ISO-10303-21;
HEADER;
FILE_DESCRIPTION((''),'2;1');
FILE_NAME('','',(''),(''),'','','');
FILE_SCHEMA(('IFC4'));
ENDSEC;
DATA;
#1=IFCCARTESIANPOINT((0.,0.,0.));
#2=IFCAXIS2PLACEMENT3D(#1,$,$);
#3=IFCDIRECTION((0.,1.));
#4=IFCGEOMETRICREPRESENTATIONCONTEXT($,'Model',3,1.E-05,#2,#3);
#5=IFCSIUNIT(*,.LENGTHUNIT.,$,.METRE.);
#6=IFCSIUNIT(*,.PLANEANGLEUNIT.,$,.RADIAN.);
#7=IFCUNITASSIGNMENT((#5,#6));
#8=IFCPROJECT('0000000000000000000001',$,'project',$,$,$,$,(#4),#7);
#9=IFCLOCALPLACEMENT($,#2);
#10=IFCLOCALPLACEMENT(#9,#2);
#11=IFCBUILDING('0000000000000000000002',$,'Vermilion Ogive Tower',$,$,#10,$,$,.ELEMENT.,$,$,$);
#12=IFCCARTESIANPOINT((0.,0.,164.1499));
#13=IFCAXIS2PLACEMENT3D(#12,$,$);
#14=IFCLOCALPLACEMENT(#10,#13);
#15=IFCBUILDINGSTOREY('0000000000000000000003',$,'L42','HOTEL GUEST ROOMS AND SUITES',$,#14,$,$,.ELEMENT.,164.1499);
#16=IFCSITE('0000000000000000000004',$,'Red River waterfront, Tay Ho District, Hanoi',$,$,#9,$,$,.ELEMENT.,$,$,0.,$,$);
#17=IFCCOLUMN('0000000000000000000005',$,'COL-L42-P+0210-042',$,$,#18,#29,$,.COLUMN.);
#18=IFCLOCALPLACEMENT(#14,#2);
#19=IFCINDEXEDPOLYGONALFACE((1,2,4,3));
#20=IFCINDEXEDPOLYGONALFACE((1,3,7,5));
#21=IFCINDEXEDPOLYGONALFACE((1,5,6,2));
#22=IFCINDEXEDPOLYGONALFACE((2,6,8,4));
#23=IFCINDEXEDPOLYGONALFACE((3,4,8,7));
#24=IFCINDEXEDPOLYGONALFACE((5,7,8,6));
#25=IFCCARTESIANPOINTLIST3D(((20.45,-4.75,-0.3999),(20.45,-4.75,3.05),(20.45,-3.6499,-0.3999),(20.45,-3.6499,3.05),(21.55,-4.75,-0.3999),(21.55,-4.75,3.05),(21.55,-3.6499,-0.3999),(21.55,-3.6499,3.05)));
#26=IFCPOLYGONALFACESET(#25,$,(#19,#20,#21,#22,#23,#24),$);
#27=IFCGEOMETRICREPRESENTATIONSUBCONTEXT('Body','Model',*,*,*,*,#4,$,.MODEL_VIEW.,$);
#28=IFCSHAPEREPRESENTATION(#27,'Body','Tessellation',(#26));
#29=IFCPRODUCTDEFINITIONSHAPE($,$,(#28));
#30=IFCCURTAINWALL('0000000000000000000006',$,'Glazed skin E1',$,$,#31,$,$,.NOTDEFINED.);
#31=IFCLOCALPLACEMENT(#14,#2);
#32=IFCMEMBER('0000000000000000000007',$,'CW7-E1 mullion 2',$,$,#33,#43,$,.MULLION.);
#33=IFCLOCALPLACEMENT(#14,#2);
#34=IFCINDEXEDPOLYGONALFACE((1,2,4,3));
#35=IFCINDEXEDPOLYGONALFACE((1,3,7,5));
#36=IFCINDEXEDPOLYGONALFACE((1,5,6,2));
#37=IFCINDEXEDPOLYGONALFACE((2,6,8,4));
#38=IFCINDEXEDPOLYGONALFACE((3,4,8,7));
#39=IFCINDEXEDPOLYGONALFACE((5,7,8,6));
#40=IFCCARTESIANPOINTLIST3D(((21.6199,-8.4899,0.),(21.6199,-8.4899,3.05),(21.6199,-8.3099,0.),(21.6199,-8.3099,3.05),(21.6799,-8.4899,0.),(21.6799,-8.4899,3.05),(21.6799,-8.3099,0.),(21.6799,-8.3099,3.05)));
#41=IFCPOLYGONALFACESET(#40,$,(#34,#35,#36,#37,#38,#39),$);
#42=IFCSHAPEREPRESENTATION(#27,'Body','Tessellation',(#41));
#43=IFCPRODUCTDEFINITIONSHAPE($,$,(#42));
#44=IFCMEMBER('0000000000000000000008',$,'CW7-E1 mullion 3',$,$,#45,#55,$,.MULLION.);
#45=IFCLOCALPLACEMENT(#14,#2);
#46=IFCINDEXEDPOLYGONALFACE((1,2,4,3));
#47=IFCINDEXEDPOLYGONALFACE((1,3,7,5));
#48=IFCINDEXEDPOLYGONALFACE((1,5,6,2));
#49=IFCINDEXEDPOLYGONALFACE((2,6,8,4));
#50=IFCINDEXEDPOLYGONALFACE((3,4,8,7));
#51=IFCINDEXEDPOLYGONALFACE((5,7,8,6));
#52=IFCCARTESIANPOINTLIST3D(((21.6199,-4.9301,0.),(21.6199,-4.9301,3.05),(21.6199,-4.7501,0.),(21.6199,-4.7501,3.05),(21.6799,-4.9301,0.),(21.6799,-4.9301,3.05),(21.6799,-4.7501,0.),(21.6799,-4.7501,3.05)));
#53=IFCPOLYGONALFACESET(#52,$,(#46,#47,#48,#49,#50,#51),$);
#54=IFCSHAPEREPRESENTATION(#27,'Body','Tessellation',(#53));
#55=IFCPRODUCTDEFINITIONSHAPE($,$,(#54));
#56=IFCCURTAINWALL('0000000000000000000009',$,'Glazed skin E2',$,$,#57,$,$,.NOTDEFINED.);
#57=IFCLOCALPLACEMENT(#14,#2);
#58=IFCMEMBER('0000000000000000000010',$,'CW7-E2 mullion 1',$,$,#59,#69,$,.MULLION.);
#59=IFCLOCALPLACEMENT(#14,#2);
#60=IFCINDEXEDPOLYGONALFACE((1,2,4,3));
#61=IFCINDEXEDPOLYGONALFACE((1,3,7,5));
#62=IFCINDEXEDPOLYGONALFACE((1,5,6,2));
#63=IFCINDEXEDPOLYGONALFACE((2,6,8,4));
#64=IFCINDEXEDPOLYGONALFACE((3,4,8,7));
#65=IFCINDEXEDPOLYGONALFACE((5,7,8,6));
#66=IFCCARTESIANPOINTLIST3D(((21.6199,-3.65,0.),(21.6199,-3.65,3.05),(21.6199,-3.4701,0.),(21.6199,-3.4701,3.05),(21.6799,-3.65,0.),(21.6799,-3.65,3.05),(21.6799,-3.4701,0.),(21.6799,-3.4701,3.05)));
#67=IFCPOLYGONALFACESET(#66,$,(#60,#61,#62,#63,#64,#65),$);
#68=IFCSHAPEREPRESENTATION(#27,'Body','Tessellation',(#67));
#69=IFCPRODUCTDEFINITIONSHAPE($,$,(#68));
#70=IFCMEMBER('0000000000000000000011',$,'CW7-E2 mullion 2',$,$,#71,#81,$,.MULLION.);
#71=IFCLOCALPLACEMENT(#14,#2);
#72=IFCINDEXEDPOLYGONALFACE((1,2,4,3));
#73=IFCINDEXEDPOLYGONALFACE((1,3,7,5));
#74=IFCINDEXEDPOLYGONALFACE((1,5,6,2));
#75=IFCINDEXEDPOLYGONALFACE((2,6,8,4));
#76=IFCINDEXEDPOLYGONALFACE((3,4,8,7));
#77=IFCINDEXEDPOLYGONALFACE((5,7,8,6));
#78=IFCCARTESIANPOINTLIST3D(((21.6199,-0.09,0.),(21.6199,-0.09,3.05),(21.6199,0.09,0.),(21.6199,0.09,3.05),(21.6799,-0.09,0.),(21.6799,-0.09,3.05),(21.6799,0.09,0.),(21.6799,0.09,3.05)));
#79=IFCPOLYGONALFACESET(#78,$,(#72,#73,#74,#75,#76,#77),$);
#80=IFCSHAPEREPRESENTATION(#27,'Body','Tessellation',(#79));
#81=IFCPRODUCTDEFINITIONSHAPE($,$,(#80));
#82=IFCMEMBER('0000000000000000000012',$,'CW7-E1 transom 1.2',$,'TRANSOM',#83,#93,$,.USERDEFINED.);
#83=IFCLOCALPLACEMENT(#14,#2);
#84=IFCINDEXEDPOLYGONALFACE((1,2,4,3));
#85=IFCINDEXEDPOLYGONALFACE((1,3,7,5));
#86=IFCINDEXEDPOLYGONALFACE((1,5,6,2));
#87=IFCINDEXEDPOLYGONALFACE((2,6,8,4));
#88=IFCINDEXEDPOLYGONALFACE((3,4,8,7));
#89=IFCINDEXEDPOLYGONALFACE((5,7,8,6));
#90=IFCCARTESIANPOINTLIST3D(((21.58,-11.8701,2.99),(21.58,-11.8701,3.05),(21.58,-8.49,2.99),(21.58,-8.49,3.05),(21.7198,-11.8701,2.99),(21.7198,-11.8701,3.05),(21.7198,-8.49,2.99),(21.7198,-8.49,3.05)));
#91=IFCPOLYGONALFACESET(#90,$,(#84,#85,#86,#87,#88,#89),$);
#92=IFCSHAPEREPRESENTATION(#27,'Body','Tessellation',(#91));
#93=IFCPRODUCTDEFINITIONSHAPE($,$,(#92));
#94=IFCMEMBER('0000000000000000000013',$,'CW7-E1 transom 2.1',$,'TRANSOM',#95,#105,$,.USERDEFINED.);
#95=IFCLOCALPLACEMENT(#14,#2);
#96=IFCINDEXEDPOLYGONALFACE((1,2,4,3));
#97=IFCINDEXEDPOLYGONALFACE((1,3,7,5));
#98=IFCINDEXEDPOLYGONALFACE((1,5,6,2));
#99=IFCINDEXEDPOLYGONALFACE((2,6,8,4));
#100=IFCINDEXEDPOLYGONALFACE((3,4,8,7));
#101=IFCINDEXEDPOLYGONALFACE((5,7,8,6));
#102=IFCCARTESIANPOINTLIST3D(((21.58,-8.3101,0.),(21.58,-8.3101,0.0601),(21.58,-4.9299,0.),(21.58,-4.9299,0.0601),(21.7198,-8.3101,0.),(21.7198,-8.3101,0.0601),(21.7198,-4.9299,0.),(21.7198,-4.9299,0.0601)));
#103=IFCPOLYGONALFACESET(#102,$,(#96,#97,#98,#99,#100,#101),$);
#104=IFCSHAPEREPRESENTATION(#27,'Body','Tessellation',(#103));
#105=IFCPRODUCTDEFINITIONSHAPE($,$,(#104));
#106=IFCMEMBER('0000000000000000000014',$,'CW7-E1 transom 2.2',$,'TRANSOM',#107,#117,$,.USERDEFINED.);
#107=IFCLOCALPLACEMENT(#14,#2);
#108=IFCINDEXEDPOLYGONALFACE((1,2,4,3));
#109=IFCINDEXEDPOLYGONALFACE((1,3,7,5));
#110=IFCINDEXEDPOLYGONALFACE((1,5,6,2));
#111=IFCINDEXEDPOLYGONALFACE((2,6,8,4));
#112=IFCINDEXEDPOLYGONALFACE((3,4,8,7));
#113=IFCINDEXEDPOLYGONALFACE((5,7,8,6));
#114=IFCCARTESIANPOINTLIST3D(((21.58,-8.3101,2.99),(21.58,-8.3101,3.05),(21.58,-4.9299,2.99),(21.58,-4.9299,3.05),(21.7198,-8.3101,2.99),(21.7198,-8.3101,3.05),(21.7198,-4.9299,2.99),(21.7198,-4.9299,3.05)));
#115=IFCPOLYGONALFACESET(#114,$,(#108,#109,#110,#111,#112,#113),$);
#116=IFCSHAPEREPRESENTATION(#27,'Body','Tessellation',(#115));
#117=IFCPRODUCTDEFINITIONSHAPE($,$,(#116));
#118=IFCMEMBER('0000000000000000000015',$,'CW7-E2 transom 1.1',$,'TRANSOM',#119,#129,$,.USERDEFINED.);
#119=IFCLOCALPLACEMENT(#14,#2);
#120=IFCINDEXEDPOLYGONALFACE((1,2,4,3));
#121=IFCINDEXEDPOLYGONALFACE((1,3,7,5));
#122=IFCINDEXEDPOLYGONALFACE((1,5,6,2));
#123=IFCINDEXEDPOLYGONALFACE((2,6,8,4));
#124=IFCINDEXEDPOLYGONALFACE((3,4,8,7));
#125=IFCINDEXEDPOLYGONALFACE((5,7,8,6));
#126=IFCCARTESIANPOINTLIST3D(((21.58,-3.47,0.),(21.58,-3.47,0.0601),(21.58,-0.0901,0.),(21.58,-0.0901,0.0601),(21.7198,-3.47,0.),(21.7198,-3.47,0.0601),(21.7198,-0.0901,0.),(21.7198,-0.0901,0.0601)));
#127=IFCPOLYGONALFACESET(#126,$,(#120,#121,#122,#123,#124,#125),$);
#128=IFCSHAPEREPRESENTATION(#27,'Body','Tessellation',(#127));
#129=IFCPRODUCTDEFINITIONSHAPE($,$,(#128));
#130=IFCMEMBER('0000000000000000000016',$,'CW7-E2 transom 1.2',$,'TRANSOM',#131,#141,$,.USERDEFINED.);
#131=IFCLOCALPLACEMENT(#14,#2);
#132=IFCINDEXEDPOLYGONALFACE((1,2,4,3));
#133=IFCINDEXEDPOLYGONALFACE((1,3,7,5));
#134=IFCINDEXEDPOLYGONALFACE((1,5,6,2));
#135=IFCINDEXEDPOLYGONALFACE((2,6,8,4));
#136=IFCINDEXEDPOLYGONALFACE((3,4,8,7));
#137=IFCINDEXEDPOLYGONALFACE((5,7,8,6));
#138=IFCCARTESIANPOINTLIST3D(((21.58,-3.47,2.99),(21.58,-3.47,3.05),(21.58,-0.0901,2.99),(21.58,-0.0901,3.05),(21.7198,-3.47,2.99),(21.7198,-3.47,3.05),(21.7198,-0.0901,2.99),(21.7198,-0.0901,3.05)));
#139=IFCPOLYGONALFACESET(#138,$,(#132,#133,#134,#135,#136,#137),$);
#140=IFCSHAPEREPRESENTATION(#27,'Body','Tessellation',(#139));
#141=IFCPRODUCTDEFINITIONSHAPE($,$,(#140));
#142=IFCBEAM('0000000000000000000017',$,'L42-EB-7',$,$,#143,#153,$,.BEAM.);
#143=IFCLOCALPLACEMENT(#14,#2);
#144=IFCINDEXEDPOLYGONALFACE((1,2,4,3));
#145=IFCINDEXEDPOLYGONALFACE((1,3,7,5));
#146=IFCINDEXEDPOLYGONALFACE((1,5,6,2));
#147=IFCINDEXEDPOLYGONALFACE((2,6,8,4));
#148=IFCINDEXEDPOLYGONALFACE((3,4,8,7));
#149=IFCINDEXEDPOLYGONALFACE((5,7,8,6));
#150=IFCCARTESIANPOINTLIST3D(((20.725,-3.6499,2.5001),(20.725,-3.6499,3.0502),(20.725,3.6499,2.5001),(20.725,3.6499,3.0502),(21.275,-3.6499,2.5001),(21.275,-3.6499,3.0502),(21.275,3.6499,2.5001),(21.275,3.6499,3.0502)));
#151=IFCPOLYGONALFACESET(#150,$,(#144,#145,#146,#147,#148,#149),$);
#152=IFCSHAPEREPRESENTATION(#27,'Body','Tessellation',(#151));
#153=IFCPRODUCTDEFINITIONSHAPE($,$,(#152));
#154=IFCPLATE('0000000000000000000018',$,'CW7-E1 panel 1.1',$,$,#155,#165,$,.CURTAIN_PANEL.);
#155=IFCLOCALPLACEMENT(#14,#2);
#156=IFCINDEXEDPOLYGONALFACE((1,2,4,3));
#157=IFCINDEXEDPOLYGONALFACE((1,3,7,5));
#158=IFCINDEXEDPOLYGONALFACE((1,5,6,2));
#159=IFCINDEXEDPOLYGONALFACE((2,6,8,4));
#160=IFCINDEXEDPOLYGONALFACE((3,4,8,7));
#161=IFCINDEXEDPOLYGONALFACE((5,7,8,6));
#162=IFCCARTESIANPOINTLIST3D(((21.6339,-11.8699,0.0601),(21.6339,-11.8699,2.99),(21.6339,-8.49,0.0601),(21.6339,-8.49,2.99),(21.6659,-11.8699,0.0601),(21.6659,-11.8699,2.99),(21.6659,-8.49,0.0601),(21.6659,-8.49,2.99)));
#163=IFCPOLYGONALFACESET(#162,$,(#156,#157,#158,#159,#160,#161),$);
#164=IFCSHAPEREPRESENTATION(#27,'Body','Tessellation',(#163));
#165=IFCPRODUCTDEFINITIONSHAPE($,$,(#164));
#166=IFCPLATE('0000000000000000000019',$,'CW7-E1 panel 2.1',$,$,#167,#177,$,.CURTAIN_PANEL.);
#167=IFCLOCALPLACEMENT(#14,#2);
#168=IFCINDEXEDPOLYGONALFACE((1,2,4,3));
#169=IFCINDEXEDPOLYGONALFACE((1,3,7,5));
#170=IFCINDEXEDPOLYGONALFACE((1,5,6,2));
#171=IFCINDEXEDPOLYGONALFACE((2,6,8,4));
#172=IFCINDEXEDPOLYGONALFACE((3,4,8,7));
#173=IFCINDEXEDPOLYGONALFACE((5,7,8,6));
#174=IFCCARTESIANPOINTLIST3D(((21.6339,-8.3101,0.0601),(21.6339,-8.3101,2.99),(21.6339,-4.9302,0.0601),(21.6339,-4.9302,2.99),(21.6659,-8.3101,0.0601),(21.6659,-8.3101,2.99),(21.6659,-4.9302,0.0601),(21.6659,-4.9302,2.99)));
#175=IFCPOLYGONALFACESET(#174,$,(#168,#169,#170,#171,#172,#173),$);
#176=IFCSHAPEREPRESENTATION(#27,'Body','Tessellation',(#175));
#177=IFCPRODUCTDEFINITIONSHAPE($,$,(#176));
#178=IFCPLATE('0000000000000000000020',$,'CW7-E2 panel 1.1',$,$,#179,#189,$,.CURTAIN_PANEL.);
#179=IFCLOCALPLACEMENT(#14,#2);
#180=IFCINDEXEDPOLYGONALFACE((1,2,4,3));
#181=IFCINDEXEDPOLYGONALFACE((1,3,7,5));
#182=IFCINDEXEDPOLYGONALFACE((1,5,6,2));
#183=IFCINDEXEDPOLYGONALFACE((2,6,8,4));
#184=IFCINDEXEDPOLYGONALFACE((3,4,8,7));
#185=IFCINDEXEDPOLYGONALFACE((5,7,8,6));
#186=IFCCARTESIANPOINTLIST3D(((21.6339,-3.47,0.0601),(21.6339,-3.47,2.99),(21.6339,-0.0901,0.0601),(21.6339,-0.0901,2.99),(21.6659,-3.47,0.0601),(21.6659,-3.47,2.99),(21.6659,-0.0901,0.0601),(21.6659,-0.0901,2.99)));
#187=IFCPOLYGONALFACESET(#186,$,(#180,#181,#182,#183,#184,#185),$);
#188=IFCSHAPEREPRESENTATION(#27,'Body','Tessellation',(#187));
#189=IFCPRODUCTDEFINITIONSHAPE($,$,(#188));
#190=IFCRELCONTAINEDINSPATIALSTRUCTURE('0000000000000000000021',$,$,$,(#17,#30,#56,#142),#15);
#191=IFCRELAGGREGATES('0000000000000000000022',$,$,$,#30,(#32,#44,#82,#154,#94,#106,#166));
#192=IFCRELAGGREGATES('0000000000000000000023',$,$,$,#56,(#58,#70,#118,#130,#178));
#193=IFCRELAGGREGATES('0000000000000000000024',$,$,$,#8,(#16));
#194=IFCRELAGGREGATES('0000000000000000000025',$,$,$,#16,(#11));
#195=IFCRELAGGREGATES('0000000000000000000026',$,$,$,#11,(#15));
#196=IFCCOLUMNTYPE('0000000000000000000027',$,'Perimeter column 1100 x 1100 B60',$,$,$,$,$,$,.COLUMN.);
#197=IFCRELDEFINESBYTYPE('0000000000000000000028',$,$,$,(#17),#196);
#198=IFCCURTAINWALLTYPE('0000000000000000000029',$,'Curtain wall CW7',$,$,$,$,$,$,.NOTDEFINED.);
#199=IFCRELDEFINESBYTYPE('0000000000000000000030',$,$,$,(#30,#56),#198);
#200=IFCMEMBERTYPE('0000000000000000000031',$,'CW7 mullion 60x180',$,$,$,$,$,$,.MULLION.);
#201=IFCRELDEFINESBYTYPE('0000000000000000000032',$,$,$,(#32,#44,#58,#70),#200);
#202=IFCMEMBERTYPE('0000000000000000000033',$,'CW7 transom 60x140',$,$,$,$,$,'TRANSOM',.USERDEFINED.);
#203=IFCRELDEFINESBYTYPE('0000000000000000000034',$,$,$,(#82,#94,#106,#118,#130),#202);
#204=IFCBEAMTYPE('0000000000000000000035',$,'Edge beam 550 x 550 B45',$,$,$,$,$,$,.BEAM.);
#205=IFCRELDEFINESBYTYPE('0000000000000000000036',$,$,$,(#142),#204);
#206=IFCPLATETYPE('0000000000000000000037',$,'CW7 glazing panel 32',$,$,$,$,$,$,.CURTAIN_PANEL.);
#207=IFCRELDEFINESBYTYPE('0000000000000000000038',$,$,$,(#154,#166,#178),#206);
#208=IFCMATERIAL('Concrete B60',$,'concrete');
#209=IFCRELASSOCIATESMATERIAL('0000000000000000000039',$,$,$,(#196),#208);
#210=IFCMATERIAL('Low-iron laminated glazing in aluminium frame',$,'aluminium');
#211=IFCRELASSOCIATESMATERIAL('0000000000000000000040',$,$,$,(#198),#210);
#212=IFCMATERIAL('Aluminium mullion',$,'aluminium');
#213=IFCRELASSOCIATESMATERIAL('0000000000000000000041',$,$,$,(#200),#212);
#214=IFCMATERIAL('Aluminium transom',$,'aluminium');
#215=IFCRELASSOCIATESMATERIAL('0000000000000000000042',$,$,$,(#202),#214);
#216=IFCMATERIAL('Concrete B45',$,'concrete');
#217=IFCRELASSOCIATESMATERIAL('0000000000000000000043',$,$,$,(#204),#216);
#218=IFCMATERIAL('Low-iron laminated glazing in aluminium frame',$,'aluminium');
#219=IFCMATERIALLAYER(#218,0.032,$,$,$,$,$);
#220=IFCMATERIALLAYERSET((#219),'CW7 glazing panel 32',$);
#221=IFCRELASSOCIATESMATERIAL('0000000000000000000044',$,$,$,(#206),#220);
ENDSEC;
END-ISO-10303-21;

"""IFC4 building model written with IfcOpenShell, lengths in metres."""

from ifc_helpers import new_model, si_unit, direction, frame, origin, origin_2d, place, context, subcontext, project, spatial, rectangle, extrude, material, layer, layer_set, material_profile, profile_set, type_object, element, aggregate, save


model = new_model("IFC4")

# Units and contexts
model_context = context("Model", 3, precision=1e-05, world=origin(), true_north=direction((0.0, 1.0)))
body_context = subcontext(model_context, "Body", "Model", "MODEL_VIEW")
ifc_project = project(units=[si_unit("LENGTHUNIT", "METRE"), si_unit("PLANEANGLEUNIT", "RADIAN")], contexts=[model_context])

# Site, building, storey
site_placement = place(None, origin())
site = spatial("IfcSite", under=ifc_project, at=site_placement, Name="Red River waterfront, Tay Ho District, Hanoi", CompositionType="ELEMENT", RefElevation=0.0)
building_placement = place(site_placement, origin())
building = spatial("IfcBuilding", under=site, at=building_placement, Name="Vermilion Ogive Tower", CompositionType="ELEMENT")
storey_placement = place(building_placement, frame((0.0, 0.0, 164.1499)))
storey = spatial("IfcBuildingStorey", under=building, at=storey_placement, Name="L42", Description="HOTEL GUEST ROOMS AND SUITES", CompositionType="ELEMENT", Elevation=164.1499)

# Column
ifc_material_1 = material(Name="Concrete B60", Category="concrete")
ifc_material_profile_1 = material_profile(ifc_material_1, rectangle(XDim=1.1001, YDim=1.1001, at=origin_2d()), Name="1100 x 1100")
ifc_profile_set_1 = profile_set([ifc_material_profile_1], Name="Concrete B60")
column_type = type_object("IfcColumnType", Name="Perimeter column 1100 x 1100 B60", PredefinedType="COLUMN", material=ifc_profile_set_1)
column_placement = place(storey_placement, frame((21.0, -4.2, -0.3999), z_axis=(0.0, 0.0, 1.0), x_axis=(1.0, 0.0, 0.0)))
element("IfcColumn", 1, at=column_placement, inside=storey, type_object=column_type, Name="COL-L42-P+0210-042", PredefinedType="COLUMN", context=body_context, shape_type="SweptSolid", body=[
    extrude(rectangle(XDim=1.1001, YDim=1.1001, at=origin_2d()), origin(), (0.0, 0.0, 1.0), 3.45),
])

# Curtain walls, members
ifc_material_2 = material(Name="Low-iron laminated glazing in aluminium frame", Category="aluminium")
curtain_wall_type = type_object("IfcCurtainWallType", Name="Curtain wall CW7", PredefinedType="NOTDEFINED", material=ifc_material_2)
curtain_wall_1_placement = place(storey_placement, origin())
curtain_wall_1 = element("IfcCurtainWall", 2, at=curtain_wall_1_placement, inside=storey, type_object=curtain_wall_type, Name="Glazed skin E1", PredefinedType="NOTDEFINED")
ifc_material_3 = material(Name="Aluminium mullion", Category="aluminium")
ifc_material_profile_2 = material_profile(ifc_material_3, rectangle(XDim=0.0601, YDim=0.1799, at=origin_2d()), Name="AL 60x180")
ifc_profile_set_2 = profile_set([ifc_material_profile_2], Name="Aluminium mullion")
member_type_1 = type_object("IfcMemberType", Name="CW7 mullion 60x180", PredefinedType="MULLION", material=ifc_profile_set_2)
member_1_placement = place(storey_placement, frame((21.6499, -8.3999, 0.0), z_axis=(0.0, 0.0, 1.0), x_axis=(-1.0, 0.0, 0.0)))
member_1 = element("IfcMember", 3, at=member_1_placement, type_object=member_type_1, Name="CW7-E1 mullion 2", PredefinedType="MULLION", context=body_context, shape_type="SweptSolid", body=[
    extrude(rectangle(XDim=0.0601, YDim=0.1799, at=origin_2d()), origin(), (0.0, 0.0, 1.0), 3.05),
])
member_2_placement = place(storey_placement, frame((21.6499, -4.8401, 0.0), z_axis=(0.0, 0.0, 1.0), x_axis=(-1.0, 0.0, 0.0)))
member_2 = element("IfcMember", 4, at=member_2_placement, type_object=member_type_1, Name="CW7-E1 mullion 3", PredefinedType="MULLION", context=body_context, shape_type="SweptSolid", body=[
    extrude(rectangle(XDim=0.0601, YDim=0.1799, at=origin_2d()), origin(), (0.0, 0.0, 1.0), 3.05),
])
curtain_wall_2_placement = place(storey_placement, origin())
curtain_wall_2 = element("IfcCurtainWall", 5, at=curtain_wall_2_placement, inside=storey, type_object=curtain_wall_type, Name="Glazed skin E2", PredefinedType="NOTDEFINED")
member_3_placement = place(storey_placement, frame((21.6499, -3.5601, 0.0), z_axis=(0.0, 0.0, 1.0), x_axis=(-1.0, 0.0, 0.0)))
member_3 = element("IfcMember", 6, at=member_3_placement, type_object=member_type_1, Name="CW7-E2 mullion 1", PredefinedType="MULLION", context=body_context, shape_type="SweptSolid", body=[
    extrude(rectangle(XDim=0.0601, YDim=0.1799, at=origin_2d()), origin(), (0.0, 0.0, 1.0), 3.05),
])
member_4_placement = place(storey_placement, frame((21.6499, 0.0, 0.0), z_axis=(0.0, 0.0, 1.0), x_axis=(-1.0, 0.0, 0.0)))
member_4 = element("IfcMember", 7, at=member_4_placement, type_object=member_type_1, Name="CW7-E2 mullion 2", PredefinedType="MULLION", context=body_context, shape_type="SweptSolid", body=[
    extrude(rectangle(XDim=0.0601, YDim=0.1799, at=origin_2d()), origin(), (0.0, 0.0, 1.0), 3.05),
])

# Members
ifc_material_4 = material(Name="Aluminium transom", Category="aluminium")
ifc_material_profile_3 = material_profile(ifc_material_4, rectangle(XDim=0.1399, YDim=0.0601, at=origin_2d()), Name="AL 60x140")
ifc_profile_set_3 = profile_set([ifc_material_profile_3], Name="Aluminium transom")
member_type_2 = type_object("IfcMemberType", Name="CW7 transom 60x140", ElementType="TRANSOM", PredefinedType="USERDEFINED", material=ifc_profile_set_3)
member_5_placement = place(storey_placement, frame((21.6499, -11.8701, 3.02), z_axis=(0.0, 1.0, 0.0), x_axis=(-1.0, 0.0, 0.0)))
member_5 = element("IfcMember", 8, at=member_5_placement, type_object=member_type_2, Name="CW7-E1 transom 1.2", ObjectType="TRANSOM", PredefinedType="USERDEFINED", context=body_context, shape_type="SweptSolid", body=[
    extrude(rectangle(XDim=0.1399, YDim=0.0601, at=origin_2d()), origin(), (0.0, 0.0, 1.0), 3.3801),
])
member_6_placement = place(storey_placement, frame((21.6499, -8.3101, 0.03), z_axis=(0.0, 1.0, 0.0), x_axis=(-1.0, 0.0, 0.0)))
member_6 = element("IfcMember", 9, at=member_6_placement, type_object=member_type_2, Name="CW7-E1 transom 2.1", ObjectType="TRANSOM", PredefinedType="USERDEFINED", context=body_context, shape_type="SweptSolid", body=[
    extrude(rectangle(XDim=0.1399, YDim=0.0601, at=origin_2d()), origin(), (0.0, 0.0, 1.0), 3.3801),
])
member_7_placement = place(storey_placement, frame((21.6499, -8.3101, 3.02), z_axis=(0.0, 1.0, 0.0), x_axis=(-1.0, 0.0, 0.0)))
member_7 = element("IfcMember", 10, at=member_7_placement, type_object=member_type_2, Name="CW7-E1 transom 2.2", ObjectType="TRANSOM", PredefinedType="USERDEFINED", context=body_context, shape_type="SweptSolid", body=[
    extrude(rectangle(XDim=0.1399, YDim=0.0601, at=origin_2d()), origin(), (0.0, 0.0, 1.0), 3.3801),
])
member_8_placement = place(storey_placement, frame((21.6499, -3.47, 0.03), z_axis=(0.0, 1.0, 0.0), x_axis=(-1.0, 0.0, 0.0)))
member_8 = element("IfcMember", 11, at=member_8_placement, type_object=member_type_2, Name="CW7-E2 transom 1.1", ObjectType="TRANSOM", PredefinedType="USERDEFINED", context=body_context, shape_type="SweptSolid", body=[
    extrude(rectangle(XDim=0.1399, YDim=0.0601, at=origin_2d()), origin(), (0.0, 0.0, 1.0), 3.3799),
])
member_9_placement = place(storey_placement, frame((21.6499, -3.47, 3.02), z_axis=(0.0, 1.0, 0.0), x_axis=(-1.0, 0.0, 0.0)))
member_9 = element("IfcMember", 12, at=member_9_placement, type_object=member_type_2, Name="CW7-E2 transom 1.2", ObjectType="TRANSOM", PredefinedType="USERDEFINED", context=body_context, shape_type="SweptSolid", body=[
    extrude(rectangle(XDim=0.1399, YDim=0.0601, at=origin_2d()), origin(), (0.0, 0.0, 1.0), 3.3799),
])

# Beam
ifc_material_5 = material(Name="Concrete B45", Category="concrete")
ifc_material_profile_4 = material_profile(ifc_material_5, rectangle(XDim=0.55, YDim=0.55, at=origin_2d()), Name="550 x 550")
ifc_profile_set_4 = profile_set([ifc_material_profile_4], Name="Concrete B45")
beam_type = type_object("IfcBeamType", Name="Edge beam 550 x 550 B45", PredefinedType="BEAM", material=ifc_profile_set_4)
beam_placement = place(storey_placement, frame((21.0, -3.6499, 2.7751), z_axis=(0.0, 1.0, 0.0), x_axis=(-1.0, 0.0, 0.0)))
element("IfcBeam", 13, at=beam_placement, inside=storey, type_object=beam_type, Name="L42-EB-7", PredefinedType="BEAM", context=body_context, shape_type="SweptSolid", body=[
    extrude(rectangle(XDim=0.55, YDim=0.55, at=origin_2d()), origin(), (0.0, 0.0, 1.0), 7.2998),
])

# Plates
ifc_material_6 = material(Name="Low-iron laminated glazing in aluminium frame", Category="aluminium")
ifc_layer_1 = layer(ifc_material_6, 0.032)
ifc_layer_set_1 = layer_set([ifc_layer_1], Name="CW7 glazing panel 32")
plate_type = type_object("IfcPlateType", Name="CW7 glazing panel 32", PredefinedType="CURTAIN_PANEL", material=ifc_layer_set_1)
plate_1_placement = place(storey_placement, frame((21.6499, -10.1799, 0.0601), z_axis=(0.0, 0.0, 1.0), x_axis=(0.0, 1.0, 0.0)))
plate_1 = element("IfcPlate", 14, at=plate_1_placement, type_object=plate_type, Name="CW7-E1 panel 1.1", PredefinedType="CURTAIN_PANEL", context=body_context, shape_type="SweptSolid", body=[
    extrude(rectangle(XDim=3.3799, YDim=0.032, at=origin_2d()), origin(), (0.0, 0.0, 1.0), 2.9299),
])
plate_2_placement = place(storey_placement, frame((21.6499, -6.6201, 0.0601), z_axis=(0.0, 0.0, 1.0), x_axis=(0.0, 1.0, 0.0)))
plate_2 = element("IfcPlate", 15, at=plate_2_placement, type_object=plate_type, Name="CW7-E1 panel 2.1", PredefinedType="CURTAIN_PANEL", context=body_context, shape_type="SweptSolid", body=[
    extrude(rectangle(XDim=3.3799, YDim=0.032, at=origin_2d()), origin(), (0.0, 0.0, 1.0), 2.9299),
])
aggregate(curtain_wall_1, [member_1, member_2, member_5, plate_1, member_6, member_7, plate_2])
plate_3_placement = place(storey_placement, frame((21.6499, -1.78, 0.0601), z_axis=(0.0, 0.0, 1.0), x_axis=(0.0, 1.0, 0.0)))
plate_3 = element("IfcPlate", 16, at=plate_3_placement, type_object=plate_type, Name="CW7-E2 panel 1.1", PredefinedType="CURTAIN_PANEL", context=body_context, shape_type="SweptSolid", body=[
    extrude(rectangle(XDim=3.3799, YDim=0.032, at=origin_2d()), origin(), (0.0, 0.0, 1.0), 2.9299),
])
aggregate(curtain_wall_2, [member_3, member_4, member_8, member_9, plate_3])

save(model, "model.ifc")
